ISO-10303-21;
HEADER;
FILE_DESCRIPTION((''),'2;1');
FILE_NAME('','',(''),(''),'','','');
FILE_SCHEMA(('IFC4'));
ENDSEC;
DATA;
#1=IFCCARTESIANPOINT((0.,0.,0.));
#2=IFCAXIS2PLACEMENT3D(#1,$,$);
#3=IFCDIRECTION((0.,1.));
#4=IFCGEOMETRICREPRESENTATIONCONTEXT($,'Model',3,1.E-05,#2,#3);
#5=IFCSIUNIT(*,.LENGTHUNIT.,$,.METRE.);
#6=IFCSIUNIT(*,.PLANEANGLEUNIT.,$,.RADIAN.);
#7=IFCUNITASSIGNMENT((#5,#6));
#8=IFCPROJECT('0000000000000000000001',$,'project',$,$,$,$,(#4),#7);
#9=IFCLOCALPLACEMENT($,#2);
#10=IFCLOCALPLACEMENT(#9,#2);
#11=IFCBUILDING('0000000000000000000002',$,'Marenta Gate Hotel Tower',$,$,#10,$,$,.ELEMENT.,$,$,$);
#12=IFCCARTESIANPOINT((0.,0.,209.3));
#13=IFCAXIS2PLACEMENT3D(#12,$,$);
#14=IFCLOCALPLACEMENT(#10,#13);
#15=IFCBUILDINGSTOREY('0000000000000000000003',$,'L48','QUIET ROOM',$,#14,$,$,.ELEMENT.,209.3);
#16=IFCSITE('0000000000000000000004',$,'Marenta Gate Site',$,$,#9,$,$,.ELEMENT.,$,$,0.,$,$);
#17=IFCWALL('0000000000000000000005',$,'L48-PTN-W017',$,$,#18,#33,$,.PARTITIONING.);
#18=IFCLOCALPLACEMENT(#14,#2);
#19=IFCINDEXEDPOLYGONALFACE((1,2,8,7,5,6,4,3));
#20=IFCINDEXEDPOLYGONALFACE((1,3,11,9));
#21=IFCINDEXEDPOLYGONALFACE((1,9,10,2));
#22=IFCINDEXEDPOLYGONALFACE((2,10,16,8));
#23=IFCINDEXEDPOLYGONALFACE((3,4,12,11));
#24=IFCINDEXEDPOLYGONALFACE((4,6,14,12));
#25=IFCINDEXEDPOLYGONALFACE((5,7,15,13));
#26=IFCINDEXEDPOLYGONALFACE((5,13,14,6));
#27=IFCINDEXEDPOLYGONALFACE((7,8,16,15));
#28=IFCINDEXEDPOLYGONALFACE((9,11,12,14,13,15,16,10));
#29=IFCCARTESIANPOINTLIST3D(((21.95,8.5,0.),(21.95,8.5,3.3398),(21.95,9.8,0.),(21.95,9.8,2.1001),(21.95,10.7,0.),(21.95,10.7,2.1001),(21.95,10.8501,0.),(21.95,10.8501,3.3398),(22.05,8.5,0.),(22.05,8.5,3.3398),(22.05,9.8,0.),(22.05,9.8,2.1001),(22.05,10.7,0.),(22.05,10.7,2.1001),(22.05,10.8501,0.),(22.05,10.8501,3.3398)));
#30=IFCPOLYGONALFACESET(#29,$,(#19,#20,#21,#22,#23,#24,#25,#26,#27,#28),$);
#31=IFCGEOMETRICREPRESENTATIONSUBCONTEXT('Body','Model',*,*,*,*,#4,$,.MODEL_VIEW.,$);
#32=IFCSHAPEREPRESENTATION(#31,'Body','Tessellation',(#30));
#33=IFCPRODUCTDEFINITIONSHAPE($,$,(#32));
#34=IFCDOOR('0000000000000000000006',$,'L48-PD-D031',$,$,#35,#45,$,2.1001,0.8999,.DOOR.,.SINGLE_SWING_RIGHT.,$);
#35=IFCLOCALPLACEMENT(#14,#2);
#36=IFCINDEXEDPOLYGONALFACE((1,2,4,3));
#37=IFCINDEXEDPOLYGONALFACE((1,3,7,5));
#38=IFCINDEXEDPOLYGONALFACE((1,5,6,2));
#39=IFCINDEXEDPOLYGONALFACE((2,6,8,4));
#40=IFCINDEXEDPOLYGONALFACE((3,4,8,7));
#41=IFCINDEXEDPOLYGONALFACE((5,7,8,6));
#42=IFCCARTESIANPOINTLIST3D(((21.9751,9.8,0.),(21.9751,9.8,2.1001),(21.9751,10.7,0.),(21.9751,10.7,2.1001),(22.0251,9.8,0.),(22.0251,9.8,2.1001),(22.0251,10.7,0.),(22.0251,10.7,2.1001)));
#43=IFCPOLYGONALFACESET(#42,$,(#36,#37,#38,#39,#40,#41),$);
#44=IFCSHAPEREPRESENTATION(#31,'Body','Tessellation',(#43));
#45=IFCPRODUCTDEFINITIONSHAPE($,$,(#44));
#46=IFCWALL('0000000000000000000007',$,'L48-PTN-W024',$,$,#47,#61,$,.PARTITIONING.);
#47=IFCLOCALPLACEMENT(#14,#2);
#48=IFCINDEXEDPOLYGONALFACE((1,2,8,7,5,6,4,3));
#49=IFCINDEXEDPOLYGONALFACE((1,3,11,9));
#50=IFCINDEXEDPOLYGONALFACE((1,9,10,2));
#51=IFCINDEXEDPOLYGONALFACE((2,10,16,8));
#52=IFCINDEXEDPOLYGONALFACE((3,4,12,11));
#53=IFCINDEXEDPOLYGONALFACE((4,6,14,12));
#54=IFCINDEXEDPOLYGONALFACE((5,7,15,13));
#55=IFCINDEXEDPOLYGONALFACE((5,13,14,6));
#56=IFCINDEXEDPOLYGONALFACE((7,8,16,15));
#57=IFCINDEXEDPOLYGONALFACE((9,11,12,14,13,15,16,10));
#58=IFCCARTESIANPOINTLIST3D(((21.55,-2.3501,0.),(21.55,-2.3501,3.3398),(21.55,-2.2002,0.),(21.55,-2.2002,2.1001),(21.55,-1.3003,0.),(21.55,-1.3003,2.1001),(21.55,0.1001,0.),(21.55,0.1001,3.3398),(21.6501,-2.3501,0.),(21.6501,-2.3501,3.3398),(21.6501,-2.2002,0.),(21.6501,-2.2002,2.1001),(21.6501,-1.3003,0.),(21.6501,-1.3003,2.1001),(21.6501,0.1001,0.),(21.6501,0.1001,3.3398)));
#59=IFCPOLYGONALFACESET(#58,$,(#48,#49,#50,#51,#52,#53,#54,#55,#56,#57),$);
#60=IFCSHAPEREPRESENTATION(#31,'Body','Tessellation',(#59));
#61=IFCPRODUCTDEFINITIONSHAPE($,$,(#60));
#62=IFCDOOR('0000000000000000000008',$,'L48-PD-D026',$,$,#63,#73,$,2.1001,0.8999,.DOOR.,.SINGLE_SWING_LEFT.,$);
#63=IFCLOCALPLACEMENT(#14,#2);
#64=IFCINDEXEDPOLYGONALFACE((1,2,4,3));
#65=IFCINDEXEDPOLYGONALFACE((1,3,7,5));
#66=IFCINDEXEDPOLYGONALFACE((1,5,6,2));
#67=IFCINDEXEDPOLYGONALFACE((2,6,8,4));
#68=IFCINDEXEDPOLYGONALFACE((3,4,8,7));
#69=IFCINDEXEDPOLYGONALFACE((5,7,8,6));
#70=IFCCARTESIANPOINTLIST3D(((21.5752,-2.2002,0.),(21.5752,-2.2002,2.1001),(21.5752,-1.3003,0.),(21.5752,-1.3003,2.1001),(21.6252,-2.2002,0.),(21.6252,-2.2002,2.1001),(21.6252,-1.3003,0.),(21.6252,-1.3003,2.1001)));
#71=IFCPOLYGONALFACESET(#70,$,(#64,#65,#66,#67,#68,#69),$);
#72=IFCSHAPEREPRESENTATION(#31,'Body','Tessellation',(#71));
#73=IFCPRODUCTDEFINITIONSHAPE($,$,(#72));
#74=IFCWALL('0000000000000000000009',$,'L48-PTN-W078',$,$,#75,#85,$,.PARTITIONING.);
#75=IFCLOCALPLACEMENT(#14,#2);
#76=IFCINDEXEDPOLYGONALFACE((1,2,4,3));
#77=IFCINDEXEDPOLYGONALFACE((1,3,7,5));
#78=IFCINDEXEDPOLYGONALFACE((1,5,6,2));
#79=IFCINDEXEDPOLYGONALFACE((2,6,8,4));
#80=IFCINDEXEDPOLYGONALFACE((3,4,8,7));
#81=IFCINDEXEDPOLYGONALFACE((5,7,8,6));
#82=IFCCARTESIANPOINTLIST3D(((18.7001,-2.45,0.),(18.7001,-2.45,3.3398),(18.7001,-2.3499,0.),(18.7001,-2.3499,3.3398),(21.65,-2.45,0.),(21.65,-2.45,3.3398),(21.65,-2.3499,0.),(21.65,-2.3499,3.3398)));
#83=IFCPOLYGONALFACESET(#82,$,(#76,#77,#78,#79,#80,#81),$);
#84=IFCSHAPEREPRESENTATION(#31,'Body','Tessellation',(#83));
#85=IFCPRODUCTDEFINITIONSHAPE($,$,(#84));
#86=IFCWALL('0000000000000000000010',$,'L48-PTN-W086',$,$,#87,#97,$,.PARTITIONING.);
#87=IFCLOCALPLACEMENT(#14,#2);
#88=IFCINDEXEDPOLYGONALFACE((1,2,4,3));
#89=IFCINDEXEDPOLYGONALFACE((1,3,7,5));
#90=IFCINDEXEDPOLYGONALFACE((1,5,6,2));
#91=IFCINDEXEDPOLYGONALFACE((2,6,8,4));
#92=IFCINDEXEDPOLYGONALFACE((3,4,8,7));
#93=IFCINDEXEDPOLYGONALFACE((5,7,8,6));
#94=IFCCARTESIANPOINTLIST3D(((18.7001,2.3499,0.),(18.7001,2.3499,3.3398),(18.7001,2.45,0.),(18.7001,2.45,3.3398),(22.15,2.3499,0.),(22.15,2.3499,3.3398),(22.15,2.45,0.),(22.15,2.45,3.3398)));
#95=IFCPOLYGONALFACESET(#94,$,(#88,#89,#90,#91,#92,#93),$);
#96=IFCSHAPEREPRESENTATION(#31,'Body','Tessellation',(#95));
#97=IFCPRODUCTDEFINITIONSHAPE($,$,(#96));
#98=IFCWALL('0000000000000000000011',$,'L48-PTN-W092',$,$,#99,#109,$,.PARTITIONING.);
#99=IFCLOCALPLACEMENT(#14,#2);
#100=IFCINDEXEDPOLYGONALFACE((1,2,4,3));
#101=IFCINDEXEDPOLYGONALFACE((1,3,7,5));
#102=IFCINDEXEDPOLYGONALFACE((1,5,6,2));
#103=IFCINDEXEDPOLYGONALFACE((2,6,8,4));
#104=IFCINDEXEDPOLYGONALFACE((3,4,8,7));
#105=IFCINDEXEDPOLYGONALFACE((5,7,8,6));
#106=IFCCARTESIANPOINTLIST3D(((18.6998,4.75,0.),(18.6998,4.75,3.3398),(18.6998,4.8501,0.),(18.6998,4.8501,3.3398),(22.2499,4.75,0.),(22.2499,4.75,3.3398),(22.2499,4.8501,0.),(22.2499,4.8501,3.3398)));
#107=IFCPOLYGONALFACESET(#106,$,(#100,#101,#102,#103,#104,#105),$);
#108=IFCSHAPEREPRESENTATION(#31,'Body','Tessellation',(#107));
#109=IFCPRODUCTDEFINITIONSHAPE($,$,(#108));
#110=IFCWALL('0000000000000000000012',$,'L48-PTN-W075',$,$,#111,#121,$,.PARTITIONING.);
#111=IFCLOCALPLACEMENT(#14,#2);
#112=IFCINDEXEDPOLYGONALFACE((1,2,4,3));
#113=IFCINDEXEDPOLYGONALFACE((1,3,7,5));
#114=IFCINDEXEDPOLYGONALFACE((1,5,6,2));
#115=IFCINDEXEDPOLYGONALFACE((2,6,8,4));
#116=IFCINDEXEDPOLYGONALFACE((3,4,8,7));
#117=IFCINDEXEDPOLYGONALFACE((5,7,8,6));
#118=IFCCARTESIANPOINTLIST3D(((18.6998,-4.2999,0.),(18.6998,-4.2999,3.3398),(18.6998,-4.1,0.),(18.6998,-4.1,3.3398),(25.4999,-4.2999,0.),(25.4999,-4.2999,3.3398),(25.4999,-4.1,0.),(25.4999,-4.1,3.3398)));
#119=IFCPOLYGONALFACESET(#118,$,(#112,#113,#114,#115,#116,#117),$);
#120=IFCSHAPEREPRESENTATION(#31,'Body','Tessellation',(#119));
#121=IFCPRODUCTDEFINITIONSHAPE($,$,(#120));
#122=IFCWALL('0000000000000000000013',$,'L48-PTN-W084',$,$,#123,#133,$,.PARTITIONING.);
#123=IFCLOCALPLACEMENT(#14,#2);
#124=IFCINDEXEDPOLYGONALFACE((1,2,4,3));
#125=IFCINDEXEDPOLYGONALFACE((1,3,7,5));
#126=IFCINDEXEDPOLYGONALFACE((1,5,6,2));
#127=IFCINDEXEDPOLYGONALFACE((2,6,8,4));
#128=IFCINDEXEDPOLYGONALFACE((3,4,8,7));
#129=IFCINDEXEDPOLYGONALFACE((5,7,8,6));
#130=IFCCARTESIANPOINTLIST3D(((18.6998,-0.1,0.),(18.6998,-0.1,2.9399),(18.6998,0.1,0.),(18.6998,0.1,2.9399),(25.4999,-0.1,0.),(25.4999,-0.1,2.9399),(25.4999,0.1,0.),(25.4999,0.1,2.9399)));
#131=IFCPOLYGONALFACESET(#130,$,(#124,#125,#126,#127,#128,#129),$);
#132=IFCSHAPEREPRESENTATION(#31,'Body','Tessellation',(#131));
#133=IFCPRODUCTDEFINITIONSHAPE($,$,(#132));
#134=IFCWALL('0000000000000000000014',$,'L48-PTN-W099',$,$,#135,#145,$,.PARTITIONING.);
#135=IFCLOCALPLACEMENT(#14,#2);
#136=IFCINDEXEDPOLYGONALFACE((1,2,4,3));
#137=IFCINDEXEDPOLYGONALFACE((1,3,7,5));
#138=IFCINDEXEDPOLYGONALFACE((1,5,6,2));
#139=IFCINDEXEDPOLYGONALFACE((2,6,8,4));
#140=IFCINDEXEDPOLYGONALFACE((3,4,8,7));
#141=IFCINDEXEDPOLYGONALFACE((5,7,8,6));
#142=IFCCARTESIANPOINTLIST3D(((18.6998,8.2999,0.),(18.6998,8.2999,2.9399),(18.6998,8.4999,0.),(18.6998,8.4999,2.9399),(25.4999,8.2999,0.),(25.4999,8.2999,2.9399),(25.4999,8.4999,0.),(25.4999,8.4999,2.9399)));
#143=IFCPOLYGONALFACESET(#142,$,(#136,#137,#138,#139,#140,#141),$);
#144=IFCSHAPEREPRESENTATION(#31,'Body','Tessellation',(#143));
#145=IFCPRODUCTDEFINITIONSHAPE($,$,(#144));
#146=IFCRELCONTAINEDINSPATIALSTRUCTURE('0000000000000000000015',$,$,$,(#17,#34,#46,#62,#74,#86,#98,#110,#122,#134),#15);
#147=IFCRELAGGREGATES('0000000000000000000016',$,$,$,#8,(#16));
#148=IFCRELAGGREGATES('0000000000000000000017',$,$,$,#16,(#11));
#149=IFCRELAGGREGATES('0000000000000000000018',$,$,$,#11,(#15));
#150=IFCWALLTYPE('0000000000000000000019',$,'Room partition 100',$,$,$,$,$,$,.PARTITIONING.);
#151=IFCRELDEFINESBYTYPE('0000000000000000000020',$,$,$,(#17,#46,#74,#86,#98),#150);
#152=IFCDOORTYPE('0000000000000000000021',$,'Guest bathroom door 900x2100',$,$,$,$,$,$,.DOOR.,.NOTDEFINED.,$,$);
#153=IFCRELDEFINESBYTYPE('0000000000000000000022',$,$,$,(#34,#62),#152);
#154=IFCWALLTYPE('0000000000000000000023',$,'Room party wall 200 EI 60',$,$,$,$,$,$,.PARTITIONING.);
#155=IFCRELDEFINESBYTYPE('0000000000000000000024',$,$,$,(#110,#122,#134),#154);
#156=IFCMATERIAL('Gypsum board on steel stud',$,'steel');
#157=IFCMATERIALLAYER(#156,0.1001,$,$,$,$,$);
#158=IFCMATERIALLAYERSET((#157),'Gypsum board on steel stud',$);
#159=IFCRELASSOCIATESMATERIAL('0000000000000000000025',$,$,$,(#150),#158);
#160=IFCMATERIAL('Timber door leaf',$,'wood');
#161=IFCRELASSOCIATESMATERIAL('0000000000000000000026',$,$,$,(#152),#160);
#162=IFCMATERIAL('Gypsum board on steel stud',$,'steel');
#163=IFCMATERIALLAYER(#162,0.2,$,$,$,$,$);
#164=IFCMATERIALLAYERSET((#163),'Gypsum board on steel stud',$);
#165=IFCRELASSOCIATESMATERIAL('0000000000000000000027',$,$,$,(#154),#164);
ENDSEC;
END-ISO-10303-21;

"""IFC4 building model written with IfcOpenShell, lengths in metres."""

from ifc_helpers import new_model, si_unit, direction, frame, frame_2d, origin, place, context, subcontext, project, spatial, rectangle, extrude, material, layer, layer_set, type_object, element, fill, save


model = new_model("IFC4")

# Units and contexts
model_context = context("Model", 3, precision=1e-05, world=origin(), true_north=direction((0.0, 1.0)))
body_context = subcontext(model_context, "Body", "Model", "MODEL_VIEW")
ifc_project = project(units=[si_unit("LENGTHUNIT", "METRE"), si_unit("PLANEANGLEUNIT", "RADIAN")], contexts=[model_context])

# Site, building, storey
site_placement = place(None, origin())
site = spatial("IfcSite", under=ifc_project, at=site_placement, Name="Marenta Gate Site", CompositionType="ELEMENT", RefElevation=0.0)
building_placement = place(site_placement, origin())
building = spatial("IfcBuilding", under=site, at=building_placement, Name="Marenta Gate Hotel Tower", CompositionType="ELEMENT")
storey_placement = place(building_placement, frame((0.0, 0.0, 209.3)))
storey = spatial("IfcBuildingStorey", under=building, at=storey_placement, Name="L48", Description="QUIET ROOM", CompositionType="ELEMENT", Elevation=209.3)

# Walls, openings, doors
ifc_material_1 = material(Name="Gypsum board on steel stud", Category="steel")
ifc_layer_1 = layer(ifc_material_1, 0.1001)
ifc_layer_set_1 = layer_set([ifc_layer_1], Name="Gypsum board on steel stud")
wall_type_1 = type_object("IfcWallType", Name="Room partition 100", PredefinedType="PARTITIONING", material=ifc_layer_set_1)
ifc_material_2 = material(Name="Timber door leaf", Category="wood")
door_type_1 = type_object("IfcDoorType", Name="Guest bathroom door 900x2100", OperationType="NOTDEFINED", PredefinedType="DOOR", material=ifc_material_2)
wall_1_placement = place(storey_placement, frame((22.0, 8.5, 0.0), z_axis=(0.0, 0.0, 1.0), x_axis=(0.0, 1.0, 0.0)))
wall_1 = element("IfcWall", 1, at=wall_1_placement, inside=storey, type_object=wall_type_1, Name="L48-PTN-W017", PredefinedType="PARTITIONING", context=body_context, shape_type="SweptSolid", body=[
    extrude(rectangle(XDim=2.3501, YDim=0.1001, at=frame_2d((1.175, 0.0))), origin(), (0.0, 0.0, 1.0), 3.3398),
])
opening_1_placement = place(wall_1_placement, frame((1.3, 0.0, 0.0)))
opening_1 = element("IfcOpeningElement", 2, at=opening_1_placement, cuts=wall_1, PredefinedType="OPENING", context=body_context, shape_type="SweptSolid", body=[
    extrude(rectangle(XDim=0.8999, YDim=2.1001, at=frame_2d((0.45, 1.05))), frame((0.0, 0.05, 0.0), z_axis=(0.0, -1.0, 0.0), x_axis=(1.0, 0.0, 0.0)), (0.0, 0.0, 1.0), 0.1001),
])
door_1_placement = place(opening_1_placement, origin())
door_1 = element("IfcDoor", 3, at=door_1_placement, inside=storey, type_object=door_type_1, Name="L48-PD-D031", OperationType="SINGLE_SWING_RIGHT", OverallHeight=2.1001, OverallWidth=0.8999, PredefinedType="DOOR", context=body_context, shape_type="SweptSolid", body=[
    extrude(rectangle(XDim=0.8999, YDim=2.1001, at=frame_2d((0.45, 1.05))), frame((0.0, 0.0249, 0.0), z_axis=(0.0, -1.0, 0.0), x_axis=(1.0, 0.0, 0.0)), (0.0, 0.0, 1.0), 0.05),
])
fill(opening_1, door_1)
wall_2_placement = place(storey_placement, frame((21.6001, -2.3501, 0.0), z_axis=(0.0, 0.0, 1.0), x_axis=(0.0, 1.0, 0.0)))
wall_2 = element("IfcWall", 4, at=wall_2_placement, inside=storey, type_object=wall_type_1, Name="L48-PTN-W024", PredefinedType="PARTITIONING", context=body_context, shape_type="SweptSolid", body=[
    extrude(rectangle(XDim=2.4502, YDim=0.1001, at=frame_2d((1.2251, 0.0))), origin(), (0.0, 0.0, 1.0), 3.3398),
])
opening_2_placement = place(wall_2_placement, frame((0.1499, 0.0, 0.0)))
opening_2 = element("IfcOpeningElement", 5, at=opening_2_placement, cuts=wall_2, PredefinedType="OPENING", context=body_context, shape_type="SweptSolid", body=[
    extrude(rectangle(XDim=0.8999, YDim=2.1001, at=frame_2d((0.45, 1.05))), frame((0.0, 0.05, 0.0), z_axis=(0.0, -1.0, 0.0), x_axis=(1.0, 0.0, 0.0)), (0.0, 0.0, 1.0), 0.1001),
])
door_2_placement = place(opening_2_placement, origin())
door_2 = element("IfcDoor", 6, at=door_2_placement, inside=storey, type_object=door_type_1, Name="L48-PD-D026", OperationType="SINGLE_SWING_LEFT", OverallHeight=2.1001, OverallWidth=0.8999, PredefinedType="DOOR", context=body_context, shape_type="SweptSolid", body=[
    extrude(rectangle(XDim=0.8999, YDim=2.1001, at=frame_2d((0.45, 1.05))), frame((0.0, 0.0249, 0.0), z_axis=(0.0, -1.0, 0.0), x_axis=(1.0, 0.0, 0.0)), (0.0, 0.0, 1.0), 0.05),
])
fill(opening_2, door_2)

# Walls
wall_3_placement = place(storey_placement, frame((18.7, -2.3999, 0.0), z_axis=(0.0, 0.0, 1.0), x_axis=(1.0, 0.0, 0.0)))
element("IfcWall", 7, at=wall_3_placement, inside=storey, type_object=wall_type_1, Name="L48-PTN-W078", PredefinedType="PARTITIONING", context=body_context, shape_type="SweptSolid", body=[
    extrude(rectangle(XDim=2.95, YDim=0.1001, at=frame_2d((1.4751, 0.0))), origin(), (0.0, 0.0, 1.0), 3.3398),
])
wall_4_placement = place(storey_placement, frame((18.7, 2.3999, 0.0), z_axis=(0.0, 0.0, 1.0), x_axis=(1.0, 0.0, 0.0)))
element("IfcWall", 8, at=wall_4_placement, inside=storey, type_object=wall_type_1, Name="L48-PTN-W086", PredefinedType="PARTITIONING", context=body_context, shape_type="SweptSolid", body=[
    extrude(rectangle(XDim=3.45, YDim=0.1001, at=frame_2d((1.7251, 0.0))), origin(), (0.0, 0.0, 1.0), 3.3398),
])
wall_5_placement = place(storey_placement, frame((18.7, 4.8, 0.0), z_axis=(0.0, 0.0, 1.0), x_axis=(1.0, 0.0, 0.0)))
element("IfcWall", 9, at=wall_5_placement, inside=storey, type_object=wall_type_1, Name="L48-PTN-W092", PredefinedType="PARTITIONING", context=body_context, shape_type="SweptSolid", body=[
    extrude(rectangle(XDim=3.55, YDim=0.1001, at=frame_2d((1.7749, 0.0))), origin(), (0.0, 0.0, 1.0), 3.3398),
])
ifc_material_3 = material(Name="Gypsum board on steel stud", Category="steel")
ifc_layer_2 = layer(ifc_material_3, 0.2)
ifc_layer_set_2 = layer_set([ifc_layer_2], Name="Gypsum board on steel stud")
wall_type_2 = type_object("IfcWallType", Name="Room party wall 200 EI 60", PredefinedType="PARTITIONING", material=ifc_layer_set_2)
wall_6_placement = place(storey_placement, frame((18.7, -4.2, 0.0), z_axis=(0.0, 0.0, 1.0), x_axis=(1.0, 0.0, 0.0)))
element("IfcWall", 10, at=wall_6_placement, inside=storey, type_object=wall_type_2, Name="L48-PTN-W075", PredefinedType="PARTITIONING", context=body_context, shape_type="SweptSolid", body=[
    extrude(rectangle(XDim=6.8, YDim=0.2, at=frame_2d((3.3999, 0.0))), origin(), (0.0, 0.0, 1.0), 3.3398),
])
for number, where, z_axis, x_axis, name in (
    (11, (18.7, 0.0, 0.0), (0.0, 0.0, 1.0), (1.0, 0.0, 0.0), "L48-PTN-W084"),
    (12, (18.7, 8.3999, 0.0), (0.0, 0.0, 1.0), (1.0, 0.0, 0.0), "L48-PTN-W099"),
):
    element("IfcWall", number, at=place(storey_placement, frame(where, z_axis=z_axis, x_axis=x_axis)), inside=storey, type_object=wall_type_2, Name=name, PredefinedType="PARTITIONING", context=body_context, shape_type="SweptSolid", body=[
        extrude(rectangle(XDim=6.8, YDim=0.2, at=frame_2d((3.3999, 0.0))), origin(), (0.0, 0.0, 1.0), 2.9399),
    ])

save(model, "model.ifc")
